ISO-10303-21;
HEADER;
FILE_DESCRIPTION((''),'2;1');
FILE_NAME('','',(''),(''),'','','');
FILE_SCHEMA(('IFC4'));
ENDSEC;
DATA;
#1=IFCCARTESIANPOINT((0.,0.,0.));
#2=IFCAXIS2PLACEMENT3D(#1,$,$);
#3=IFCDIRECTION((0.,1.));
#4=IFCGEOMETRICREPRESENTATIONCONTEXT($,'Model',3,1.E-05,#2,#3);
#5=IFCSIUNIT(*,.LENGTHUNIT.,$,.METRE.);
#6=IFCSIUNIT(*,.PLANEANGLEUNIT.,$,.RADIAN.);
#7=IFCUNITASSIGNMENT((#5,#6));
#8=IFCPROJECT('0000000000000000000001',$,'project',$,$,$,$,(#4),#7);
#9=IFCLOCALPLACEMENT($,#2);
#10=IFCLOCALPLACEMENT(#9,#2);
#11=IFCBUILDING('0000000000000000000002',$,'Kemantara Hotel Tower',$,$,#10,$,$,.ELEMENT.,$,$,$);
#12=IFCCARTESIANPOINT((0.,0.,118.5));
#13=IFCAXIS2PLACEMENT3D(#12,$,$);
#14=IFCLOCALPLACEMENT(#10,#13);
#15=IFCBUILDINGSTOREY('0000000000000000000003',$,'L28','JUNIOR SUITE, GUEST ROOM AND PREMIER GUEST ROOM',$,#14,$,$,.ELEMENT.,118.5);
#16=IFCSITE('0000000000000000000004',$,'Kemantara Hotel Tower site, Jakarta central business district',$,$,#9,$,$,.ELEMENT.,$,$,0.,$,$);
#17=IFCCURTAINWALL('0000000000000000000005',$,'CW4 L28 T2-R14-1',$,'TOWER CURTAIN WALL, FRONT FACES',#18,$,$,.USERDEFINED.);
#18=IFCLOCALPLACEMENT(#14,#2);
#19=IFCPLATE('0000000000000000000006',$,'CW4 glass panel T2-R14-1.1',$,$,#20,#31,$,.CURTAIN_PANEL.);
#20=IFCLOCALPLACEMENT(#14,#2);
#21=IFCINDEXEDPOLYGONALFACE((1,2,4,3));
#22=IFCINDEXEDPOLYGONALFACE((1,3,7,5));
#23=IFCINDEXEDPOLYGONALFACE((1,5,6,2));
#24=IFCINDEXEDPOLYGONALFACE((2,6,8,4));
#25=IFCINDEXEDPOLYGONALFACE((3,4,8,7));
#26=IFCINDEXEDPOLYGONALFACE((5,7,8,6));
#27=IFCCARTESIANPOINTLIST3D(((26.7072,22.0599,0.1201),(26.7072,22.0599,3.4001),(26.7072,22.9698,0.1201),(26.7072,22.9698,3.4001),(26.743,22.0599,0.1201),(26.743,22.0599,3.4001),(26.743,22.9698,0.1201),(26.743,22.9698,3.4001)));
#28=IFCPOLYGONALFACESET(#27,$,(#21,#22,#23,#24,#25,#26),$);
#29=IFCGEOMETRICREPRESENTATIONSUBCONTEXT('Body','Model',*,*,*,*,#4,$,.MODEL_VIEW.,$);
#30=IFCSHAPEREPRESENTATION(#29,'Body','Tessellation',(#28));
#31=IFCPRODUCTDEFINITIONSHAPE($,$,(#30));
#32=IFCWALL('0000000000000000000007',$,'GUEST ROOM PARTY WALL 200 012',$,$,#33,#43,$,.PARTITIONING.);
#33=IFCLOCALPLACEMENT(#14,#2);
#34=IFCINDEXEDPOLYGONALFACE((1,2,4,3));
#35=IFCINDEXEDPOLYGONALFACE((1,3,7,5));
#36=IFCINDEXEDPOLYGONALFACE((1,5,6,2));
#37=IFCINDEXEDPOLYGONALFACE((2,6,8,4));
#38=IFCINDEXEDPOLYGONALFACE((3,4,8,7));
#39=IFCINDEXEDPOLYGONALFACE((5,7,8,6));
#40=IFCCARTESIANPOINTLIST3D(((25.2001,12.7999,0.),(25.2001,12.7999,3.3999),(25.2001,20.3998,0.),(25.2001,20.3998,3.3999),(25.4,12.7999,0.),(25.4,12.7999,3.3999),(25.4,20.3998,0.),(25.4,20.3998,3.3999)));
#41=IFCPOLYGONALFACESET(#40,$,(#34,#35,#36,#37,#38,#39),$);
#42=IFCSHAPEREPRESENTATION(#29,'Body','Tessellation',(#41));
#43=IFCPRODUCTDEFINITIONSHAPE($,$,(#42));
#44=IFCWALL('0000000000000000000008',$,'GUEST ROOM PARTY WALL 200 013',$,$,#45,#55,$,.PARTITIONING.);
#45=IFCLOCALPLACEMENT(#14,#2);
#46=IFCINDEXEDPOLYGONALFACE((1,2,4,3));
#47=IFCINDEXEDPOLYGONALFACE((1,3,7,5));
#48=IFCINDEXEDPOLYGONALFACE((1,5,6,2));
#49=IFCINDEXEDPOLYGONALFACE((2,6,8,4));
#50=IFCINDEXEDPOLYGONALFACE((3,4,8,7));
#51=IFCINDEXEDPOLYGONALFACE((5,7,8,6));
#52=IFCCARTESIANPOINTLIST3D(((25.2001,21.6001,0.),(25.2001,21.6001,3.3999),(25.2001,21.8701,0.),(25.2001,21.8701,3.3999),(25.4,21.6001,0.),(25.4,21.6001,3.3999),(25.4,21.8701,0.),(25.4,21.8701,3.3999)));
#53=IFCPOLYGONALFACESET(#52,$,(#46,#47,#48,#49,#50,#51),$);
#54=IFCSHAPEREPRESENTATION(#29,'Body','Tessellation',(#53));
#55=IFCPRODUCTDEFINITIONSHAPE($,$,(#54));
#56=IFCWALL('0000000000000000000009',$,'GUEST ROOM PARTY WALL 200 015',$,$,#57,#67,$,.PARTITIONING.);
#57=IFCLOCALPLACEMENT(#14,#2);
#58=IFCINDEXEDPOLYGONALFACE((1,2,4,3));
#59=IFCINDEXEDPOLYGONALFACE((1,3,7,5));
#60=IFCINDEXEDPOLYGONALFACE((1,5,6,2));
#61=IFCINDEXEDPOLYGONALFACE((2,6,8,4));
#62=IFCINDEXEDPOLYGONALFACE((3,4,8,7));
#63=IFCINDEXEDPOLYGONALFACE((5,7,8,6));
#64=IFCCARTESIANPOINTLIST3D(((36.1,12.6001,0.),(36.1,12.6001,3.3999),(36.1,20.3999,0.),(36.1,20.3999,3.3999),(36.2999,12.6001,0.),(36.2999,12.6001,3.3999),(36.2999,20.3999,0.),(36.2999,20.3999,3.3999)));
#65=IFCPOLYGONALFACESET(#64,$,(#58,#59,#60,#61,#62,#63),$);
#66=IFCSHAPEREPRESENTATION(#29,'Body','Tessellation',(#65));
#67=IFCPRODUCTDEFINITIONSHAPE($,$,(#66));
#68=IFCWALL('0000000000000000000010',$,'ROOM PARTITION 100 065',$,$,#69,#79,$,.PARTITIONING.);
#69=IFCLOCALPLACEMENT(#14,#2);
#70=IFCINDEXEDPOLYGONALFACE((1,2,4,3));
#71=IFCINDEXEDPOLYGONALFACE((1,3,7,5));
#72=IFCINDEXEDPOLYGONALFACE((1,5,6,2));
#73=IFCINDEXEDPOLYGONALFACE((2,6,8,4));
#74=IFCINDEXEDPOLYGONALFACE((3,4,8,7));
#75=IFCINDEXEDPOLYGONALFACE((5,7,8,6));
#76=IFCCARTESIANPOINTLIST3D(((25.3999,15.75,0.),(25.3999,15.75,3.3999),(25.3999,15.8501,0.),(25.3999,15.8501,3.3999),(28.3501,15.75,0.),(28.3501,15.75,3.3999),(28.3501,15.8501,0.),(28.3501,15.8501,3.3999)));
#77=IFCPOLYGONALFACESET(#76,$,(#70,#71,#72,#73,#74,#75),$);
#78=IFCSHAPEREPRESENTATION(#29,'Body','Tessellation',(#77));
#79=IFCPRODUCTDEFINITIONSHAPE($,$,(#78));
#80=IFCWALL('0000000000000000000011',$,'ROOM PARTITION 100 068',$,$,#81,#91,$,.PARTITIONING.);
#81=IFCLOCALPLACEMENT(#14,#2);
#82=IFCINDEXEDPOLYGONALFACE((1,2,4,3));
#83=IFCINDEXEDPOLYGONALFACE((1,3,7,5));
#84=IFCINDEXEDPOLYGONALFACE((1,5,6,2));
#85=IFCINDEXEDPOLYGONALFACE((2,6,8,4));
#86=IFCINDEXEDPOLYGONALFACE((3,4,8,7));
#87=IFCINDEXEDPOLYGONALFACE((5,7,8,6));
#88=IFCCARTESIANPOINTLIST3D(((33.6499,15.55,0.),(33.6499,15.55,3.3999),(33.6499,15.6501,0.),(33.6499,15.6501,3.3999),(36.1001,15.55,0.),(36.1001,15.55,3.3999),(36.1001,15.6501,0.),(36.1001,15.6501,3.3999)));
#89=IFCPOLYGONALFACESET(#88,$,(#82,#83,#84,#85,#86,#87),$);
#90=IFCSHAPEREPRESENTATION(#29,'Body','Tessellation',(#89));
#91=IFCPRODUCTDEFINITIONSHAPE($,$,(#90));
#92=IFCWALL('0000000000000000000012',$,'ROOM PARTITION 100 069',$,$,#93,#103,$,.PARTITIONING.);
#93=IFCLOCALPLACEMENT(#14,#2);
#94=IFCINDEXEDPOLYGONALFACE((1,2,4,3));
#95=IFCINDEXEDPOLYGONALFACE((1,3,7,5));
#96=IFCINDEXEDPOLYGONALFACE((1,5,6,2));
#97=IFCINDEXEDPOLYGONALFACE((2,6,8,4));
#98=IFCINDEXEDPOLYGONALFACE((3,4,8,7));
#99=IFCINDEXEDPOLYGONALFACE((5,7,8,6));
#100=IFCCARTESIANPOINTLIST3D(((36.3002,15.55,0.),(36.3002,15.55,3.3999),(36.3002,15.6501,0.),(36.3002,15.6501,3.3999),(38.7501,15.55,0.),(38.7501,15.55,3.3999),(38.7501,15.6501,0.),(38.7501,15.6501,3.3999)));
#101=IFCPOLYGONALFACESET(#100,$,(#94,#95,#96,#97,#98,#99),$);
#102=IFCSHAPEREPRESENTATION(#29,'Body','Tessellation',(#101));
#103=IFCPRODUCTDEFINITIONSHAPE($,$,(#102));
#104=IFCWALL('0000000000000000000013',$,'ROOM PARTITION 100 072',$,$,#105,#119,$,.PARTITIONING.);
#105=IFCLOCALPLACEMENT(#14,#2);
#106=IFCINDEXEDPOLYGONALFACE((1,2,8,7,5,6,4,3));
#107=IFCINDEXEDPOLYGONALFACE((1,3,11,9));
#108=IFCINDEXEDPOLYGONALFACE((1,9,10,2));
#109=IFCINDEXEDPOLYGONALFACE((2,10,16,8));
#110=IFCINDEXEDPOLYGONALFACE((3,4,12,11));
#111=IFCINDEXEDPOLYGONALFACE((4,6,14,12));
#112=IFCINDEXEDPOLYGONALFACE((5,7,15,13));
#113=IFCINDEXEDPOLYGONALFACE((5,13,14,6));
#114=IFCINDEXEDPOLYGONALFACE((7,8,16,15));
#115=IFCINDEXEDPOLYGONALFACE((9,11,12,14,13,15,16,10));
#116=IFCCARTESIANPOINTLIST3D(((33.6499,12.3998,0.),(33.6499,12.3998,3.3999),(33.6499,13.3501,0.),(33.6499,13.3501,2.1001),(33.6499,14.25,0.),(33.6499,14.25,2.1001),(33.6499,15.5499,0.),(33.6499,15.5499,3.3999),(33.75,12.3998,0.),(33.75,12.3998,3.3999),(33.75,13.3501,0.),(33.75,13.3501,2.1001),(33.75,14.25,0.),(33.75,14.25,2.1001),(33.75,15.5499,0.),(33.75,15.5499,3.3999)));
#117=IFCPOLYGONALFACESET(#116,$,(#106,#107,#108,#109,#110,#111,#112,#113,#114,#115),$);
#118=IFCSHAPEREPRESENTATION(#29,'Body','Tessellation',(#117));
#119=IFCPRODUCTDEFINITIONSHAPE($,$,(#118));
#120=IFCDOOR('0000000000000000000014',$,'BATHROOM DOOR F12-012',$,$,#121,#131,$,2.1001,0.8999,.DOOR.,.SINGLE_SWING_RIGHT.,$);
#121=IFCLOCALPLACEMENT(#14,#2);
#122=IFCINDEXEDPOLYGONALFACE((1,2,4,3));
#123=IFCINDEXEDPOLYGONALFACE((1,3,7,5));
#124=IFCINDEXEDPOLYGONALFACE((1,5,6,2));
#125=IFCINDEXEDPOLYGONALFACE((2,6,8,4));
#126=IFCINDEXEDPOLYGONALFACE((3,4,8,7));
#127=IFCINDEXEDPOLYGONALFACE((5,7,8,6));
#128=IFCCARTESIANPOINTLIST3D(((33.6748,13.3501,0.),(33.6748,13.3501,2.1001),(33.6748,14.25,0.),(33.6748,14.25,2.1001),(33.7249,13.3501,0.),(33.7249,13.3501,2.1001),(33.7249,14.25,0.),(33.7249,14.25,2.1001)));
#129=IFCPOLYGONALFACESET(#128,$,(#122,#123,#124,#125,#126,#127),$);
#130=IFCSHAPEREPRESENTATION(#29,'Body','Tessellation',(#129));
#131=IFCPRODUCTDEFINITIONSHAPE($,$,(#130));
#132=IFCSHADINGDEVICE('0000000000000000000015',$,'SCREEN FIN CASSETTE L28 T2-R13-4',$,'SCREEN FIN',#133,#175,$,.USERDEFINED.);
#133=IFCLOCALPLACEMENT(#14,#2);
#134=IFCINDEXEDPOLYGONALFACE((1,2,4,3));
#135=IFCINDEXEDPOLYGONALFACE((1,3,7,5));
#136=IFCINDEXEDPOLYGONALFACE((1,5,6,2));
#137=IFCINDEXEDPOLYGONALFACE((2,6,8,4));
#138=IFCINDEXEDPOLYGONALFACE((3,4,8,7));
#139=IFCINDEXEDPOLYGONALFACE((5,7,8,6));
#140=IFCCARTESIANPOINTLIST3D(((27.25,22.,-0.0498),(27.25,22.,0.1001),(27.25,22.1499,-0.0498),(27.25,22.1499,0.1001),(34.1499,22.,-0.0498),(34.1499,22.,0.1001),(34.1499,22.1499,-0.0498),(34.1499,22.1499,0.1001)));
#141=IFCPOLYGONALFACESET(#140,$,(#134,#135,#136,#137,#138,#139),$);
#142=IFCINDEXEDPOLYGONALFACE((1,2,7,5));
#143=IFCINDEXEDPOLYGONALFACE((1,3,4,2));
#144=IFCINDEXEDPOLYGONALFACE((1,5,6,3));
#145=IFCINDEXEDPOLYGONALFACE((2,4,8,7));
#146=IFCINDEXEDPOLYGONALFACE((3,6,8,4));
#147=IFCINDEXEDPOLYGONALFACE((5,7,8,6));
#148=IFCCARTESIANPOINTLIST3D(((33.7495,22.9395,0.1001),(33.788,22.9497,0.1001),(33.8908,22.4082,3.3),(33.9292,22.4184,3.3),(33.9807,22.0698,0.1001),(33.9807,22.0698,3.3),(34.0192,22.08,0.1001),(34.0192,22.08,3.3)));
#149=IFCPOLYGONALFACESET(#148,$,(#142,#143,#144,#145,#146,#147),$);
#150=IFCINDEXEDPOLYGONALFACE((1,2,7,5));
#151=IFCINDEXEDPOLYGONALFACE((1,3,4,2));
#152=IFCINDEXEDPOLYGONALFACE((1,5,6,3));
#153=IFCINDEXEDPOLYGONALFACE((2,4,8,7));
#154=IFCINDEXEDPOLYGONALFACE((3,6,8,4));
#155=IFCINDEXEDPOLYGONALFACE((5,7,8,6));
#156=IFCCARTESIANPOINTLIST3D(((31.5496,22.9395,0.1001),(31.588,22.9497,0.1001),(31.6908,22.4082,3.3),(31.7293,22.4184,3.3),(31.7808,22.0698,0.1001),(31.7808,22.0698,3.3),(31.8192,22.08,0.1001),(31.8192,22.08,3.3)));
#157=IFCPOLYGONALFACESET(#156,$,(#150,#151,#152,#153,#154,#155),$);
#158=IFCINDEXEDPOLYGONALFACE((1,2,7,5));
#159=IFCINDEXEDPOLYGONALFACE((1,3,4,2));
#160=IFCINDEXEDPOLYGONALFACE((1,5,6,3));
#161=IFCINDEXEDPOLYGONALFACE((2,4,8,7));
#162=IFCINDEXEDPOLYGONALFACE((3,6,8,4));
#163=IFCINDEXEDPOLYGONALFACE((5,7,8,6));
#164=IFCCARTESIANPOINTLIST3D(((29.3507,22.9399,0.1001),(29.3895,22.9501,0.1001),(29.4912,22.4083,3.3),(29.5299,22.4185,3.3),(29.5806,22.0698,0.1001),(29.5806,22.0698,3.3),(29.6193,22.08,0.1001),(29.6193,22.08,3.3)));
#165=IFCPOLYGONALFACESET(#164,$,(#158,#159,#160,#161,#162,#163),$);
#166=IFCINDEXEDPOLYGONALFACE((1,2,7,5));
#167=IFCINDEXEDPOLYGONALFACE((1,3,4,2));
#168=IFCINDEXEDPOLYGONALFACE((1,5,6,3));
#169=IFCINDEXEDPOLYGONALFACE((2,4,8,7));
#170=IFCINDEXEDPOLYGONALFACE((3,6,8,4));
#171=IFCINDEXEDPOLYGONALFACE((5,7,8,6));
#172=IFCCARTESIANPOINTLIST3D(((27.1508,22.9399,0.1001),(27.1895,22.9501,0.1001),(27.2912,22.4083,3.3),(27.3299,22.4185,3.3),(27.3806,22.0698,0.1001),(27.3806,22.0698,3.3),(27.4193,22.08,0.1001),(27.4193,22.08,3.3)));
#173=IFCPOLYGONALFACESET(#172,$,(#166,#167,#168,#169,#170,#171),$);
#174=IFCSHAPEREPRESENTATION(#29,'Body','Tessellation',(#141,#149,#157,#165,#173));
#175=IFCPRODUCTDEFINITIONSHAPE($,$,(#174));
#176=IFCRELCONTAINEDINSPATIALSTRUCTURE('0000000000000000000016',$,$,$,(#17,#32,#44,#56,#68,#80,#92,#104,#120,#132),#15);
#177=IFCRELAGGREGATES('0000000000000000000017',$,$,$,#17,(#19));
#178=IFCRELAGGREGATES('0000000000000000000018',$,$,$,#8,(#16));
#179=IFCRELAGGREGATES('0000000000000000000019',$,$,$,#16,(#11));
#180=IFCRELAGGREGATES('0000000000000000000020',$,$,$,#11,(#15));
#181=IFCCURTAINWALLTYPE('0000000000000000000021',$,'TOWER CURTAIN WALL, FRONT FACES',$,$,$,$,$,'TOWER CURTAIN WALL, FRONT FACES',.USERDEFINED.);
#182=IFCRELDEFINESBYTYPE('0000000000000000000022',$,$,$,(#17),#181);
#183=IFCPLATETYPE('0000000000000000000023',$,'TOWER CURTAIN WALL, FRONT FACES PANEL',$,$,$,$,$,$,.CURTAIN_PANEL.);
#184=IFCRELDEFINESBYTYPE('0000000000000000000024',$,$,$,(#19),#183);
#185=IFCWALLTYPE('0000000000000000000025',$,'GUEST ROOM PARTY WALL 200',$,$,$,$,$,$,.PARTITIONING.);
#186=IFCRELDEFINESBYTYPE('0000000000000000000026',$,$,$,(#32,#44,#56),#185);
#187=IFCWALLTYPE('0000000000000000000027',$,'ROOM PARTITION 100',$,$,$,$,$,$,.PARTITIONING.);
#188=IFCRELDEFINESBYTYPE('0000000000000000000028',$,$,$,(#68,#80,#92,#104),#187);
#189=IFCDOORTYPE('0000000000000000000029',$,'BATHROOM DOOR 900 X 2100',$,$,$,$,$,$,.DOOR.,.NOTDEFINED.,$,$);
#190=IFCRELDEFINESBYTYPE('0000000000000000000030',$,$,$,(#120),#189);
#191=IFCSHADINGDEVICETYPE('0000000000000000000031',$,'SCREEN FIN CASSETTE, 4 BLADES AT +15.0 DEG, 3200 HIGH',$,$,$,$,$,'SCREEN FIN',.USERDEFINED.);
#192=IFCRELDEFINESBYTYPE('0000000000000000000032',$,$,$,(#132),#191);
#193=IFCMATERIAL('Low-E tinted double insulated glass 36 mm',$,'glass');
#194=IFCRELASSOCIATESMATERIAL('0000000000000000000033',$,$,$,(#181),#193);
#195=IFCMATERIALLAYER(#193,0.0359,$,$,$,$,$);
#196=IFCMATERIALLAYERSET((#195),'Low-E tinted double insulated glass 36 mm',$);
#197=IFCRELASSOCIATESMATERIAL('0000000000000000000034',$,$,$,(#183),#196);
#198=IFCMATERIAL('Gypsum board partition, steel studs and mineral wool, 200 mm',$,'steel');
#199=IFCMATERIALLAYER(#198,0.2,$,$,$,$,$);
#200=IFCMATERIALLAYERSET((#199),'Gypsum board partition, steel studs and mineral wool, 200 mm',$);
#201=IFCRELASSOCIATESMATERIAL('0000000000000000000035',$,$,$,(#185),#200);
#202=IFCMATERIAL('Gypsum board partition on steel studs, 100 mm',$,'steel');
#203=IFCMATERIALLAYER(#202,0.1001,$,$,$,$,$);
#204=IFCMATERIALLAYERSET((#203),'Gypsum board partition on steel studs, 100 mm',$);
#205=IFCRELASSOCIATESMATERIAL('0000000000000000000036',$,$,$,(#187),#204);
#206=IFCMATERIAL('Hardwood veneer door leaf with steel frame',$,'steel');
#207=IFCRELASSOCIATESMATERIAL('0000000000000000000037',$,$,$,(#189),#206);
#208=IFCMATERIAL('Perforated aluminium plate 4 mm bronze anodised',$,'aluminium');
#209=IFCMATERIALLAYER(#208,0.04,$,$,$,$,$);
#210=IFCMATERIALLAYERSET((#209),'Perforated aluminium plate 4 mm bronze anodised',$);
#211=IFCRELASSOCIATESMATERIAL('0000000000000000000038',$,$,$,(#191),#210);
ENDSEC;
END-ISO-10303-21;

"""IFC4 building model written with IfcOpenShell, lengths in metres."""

from ifc_helpers import new_model, si_unit, direction, frame, frame_2d, origin, origin_2d, place, context, subcontext, project, spatial, polyline, rectangle, outline, extrude, source, transform, mapped, material, layer, layer_set, type_object, element, fill, aggregate, save


model = new_model("IFC4")

# Units and contexts
model_context = context("Model", 3, precision=1e-05, world=origin(), true_north=direction((0.0, 1.0)))
body_context = subcontext(model_context, "Body", "Model", "MODEL_VIEW")
ifc_project = project(units=[si_unit("LENGTHUNIT", "METRE"), si_unit("PLANEANGLEUNIT", "RADIAN")], contexts=[model_context])

# Site, building, storey
site_placement = place(None, origin())
site = spatial("IfcSite", under=ifc_project, at=site_placement, Name="Kemantara Hotel Tower site, Jakarta central business district", CompositionType="ELEMENT", RefElevation=0.0)
building_placement = place(site_placement, origin())
building = spatial("IfcBuilding", under=site, at=building_placement, Name="Kemantara Hotel Tower", CompositionType="ELEMENT")
storey_placement = place(building_placement, frame((0.0, 0.0, 118.5)))
storey = spatial("IfcBuildingStorey", under=building, at=storey_placement, Name="L28", Description="JUNIOR SUITE, GUEST ROOM AND PREMIER GUEST ROOM", CompositionType="ELEMENT", Elevation=118.5)

# Curtain wall
ifc_material_1 = material(Name="Low-E tinted double insulated glass 36 mm", Category="glass")
curtain_wall_type = type_object("IfcCurtainWallType", Name="TOWER CURTAIN WALL, FRONT FACES", ElementType="TOWER CURTAIN WALL, FRONT FACES", PredefinedType="USERDEFINED", material=ifc_material_1)
curtain_wall_1_placement = place(storey_placement, origin())
curtain_wall_1 = element("IfcCurtainWall", 1, at=curtain_wall_1_placement, inside=storey, type_object=curtain_wall_type, Name="CW4 L28 T2-R14-1", ObjectType="TOWER CURTAIN WALL, FRONT FACES", PredefinedType="USERDEFINED")

# Plate
ifc_layer_1 = layer(ifc_material_1, 0.0359)
ifc_layer_set_1 = layer_set([ifc_layer_1], Name="Low-E tinted double insulated glass 36 mm")
plate_type = type_object("IfcPlateType", Name="TOWER CURTAIN WALL, FRONT FACES PANEL", PredefinedType="CURTAIN_PANEL", material=ifc_layer_set_1)
shared_shape_1 = source(origin(), body_context, "Body", "SweptSolid", [
    extrude(rectangle(XDim=0.9099, YDim=0.0359, at=origin_2d()), origin(), (0.0, 0.0, 1.0), 3.28),
])
plate_1_placement = place(storey_placement, frame((26.7251, 22.5149, 0.1201), z_axis=(0.0, 0.0, 1.0), x_axis=(0.0, 1.0, 0.0)))
plate_1 = element("IfcPlate", 2, at=plate_1_placement, type_object=plate_type, Name="CW4 glass panel T2-R14-1.1", PredefinedType="CURTAIN_PANEL", context=body_context, shape_type="MappedRepresentation", body=[
    mapped(shared_shape_1, transform((0.0, 0.0, 0.0))),
])
aggregate(curtain_wall_1, [plate_1])

# Walls
ifc_material_2 = material(Name="Gypsum board partition, steel studs and mineral wool, 200 mm", Category="steel")
ifc_layer_2 = layer(ifc_material_2, 0.2)
ifc_layer_set_2 = layer_set([ifc_layer_2], Name="Gypsum board partition, steel studs and mineral wool, 200 mm")
wall_type_1 = type_object("IfcWallType", Name="GUEST ROOM PARTY WALL 200", PredefinedType="PARTITIONING", material=ifc_layer_set_2)
wall_1_placement = place(storey_placement, frame((25.3, 12.8, 0.0), z_axis=(0.0, 0.0, 1.0), x_axis=(0.0, 1.0, 0.0)))
element("IfcWall", 3, at=wall_1_placement, inside=storey, type_object=wall_type_1, Name="GUEST ROOM PARTY WALL 200 012", PredefinedType="PARTITIONING", context=body_context, shape_type="SweptSolid", body=[
    extrude(rectangle(XDim=7.5999, YDim=0.2, at=frame_2d((3.7998, 0.0))), origin(), (0.0, 0.0, 1.0), 3.3999),
])
wall_2_placement = place(storey_placement, frame((25.3, 21.6001, 0.0), z_axis=(0.0, 0.0, 1.0), x_axis=(0.0, 1.0, 0.0)))
element("IfcWall", 4, at=wall_2_placement, inside=storey, type_object=wall_type_1, Name="GUEST ROOM PARTY WALL 200 013", PredefinedType="PARTITIONING", context=body_context, shape_type="SweptSolid", body=[
    extrude(rectangle(XDim=0.27, YDim=0.2, at=frame_2d((0.135, 0.0))), origin(), (0.0, 0.0, 1.0), 3.3999),
])
wall_3_placement = place(storey_placement, frame((36.2, 12.6001, 0.0), z_axis=(0.0, 0.0, 1.0), x_axis=(0.0, 1.0, 0.0)))
element("IfcWall", 5, at=wall_3_placement, inside=storey, type_object=wall_type_1, Name="GUEST ROOM PARTY WALL 200 015", PredefinedType="PARTITIONING", context=body_context, shape_type="SweptSolid", body=[
    extrude(rectangle(XDim=7.7998, YDim=0.2, at=frame_2d((3.8999, 0.0))), origin(), (0.0, 0.0, 1.0), 3.3999),
])
ifc_material_3 = material(Name="Gypsum board partition on steel studs, 100 mm", Category="steel")
ifc_layer_3 = layer(ifc_material_3, 0.1001)
ifc_layer_set_3 = layer_set([ifc_layer_3], Name="Gypsum board partition on steel studs, 100 mm")
wall_type_2 = type_object("IfcWallType", Name="ROOM PARTITION 100", PredefinedType="PARTITIONING", material=ifc_layer_set_3)
wall_4_placement = place(storey_placement, frame((25.3999, 15.8, 0.0), z_axis=(0.0, 0.0, 1.0), x_axis=(1.0, 0.0, 0.0)))
element("IfcWall", 6, at=wall_4_placement, inside=storey, type_object=wall_type_2, Name="ROOM PARTITION 100 065", PredefinedType="PARTITIONING", context=body_context, shape_type="SweptSolid", body=[
    extrude(rectangle(XDim=2.9502, YDim=0.1001, at=frame_2d((1.4751, 0.0))), origin(), (0.0, 0.0, 1.0), 3.3999),
])
wall_5_placement = place(storey_placement, frame((33.6499, 15.6001, 0.0), z_axis=(0.0, 0.0, 1.0), x_axis=(1.0, 0.0, 0.0)))
element("IfcWall", 7, at=wall_5_placement, inside=storey, type_object=wall_type_2, Name="ROOM PARTITION 100 068", PredefinedType="PARTITIONING", context=body_context, shape_type="SweptSolid", body=[
    extrude(rectangle(XDim=2.4502, YDim=0.1001, at=frame_2d((1.2251, 0.0))), origin(), (0.0, 0.0, 1.0), 3.3999),
])
wall_6_placement = place(storey_placement, frame((36.3, 15.6001, 0.0), z_axis=(0.0, 0.0, 1.0), x_axis=(1.0, 0.0, 0.0)))
element("IfcWall", 8, at=wall_6_placement, inside=storey, type_object=wall_type_2, Name="ROOM PARTITION 100 069", PredefinedType="PARTITIONING", context=body_context, shape_type="SweptSolid", body=[
    extrude(rectangle(XDim=2.45, YDim=0.1001, at=frame_2d((1.2251, 0.0))), origin(), (0.0, 0.0, 1.0), 3.3999),
])

# Wall, opening, door
wall_7_placement = place(storey_placement, frame((33.7, 15.55, 0.0), z_axis=(0.0, 0.0, 1.0), x_axis=(0.0, -1.0, 0.0)))
wall_7 = element("IfcWall", 9, at=wall_7_placement, inside=storey, type_object=wall_type_2, Name="ROOM PARTITION 100 072", PredefinedType="PARTITIONING", context=body_context, shape_type="SweptSolid", body=[
    extrude(rectangle(XDim=3.1501, YDim=0.1001, at=frame_2d((1.5752, 0.0))), origin(), (0.0, 0.0, 1.0), 3.3999),
])
opening_placement = place(wall_7_placement, frame((1.3, 0.0, 0.0)))
opening = element("IfcOpeningElement", 10, at=opening_placement, cuts=wall_7, PredefinedType="OPENING", context=body_context, shape_type="SweptSolid", body=[
    extrude(rectangle(XDim=0.8999, YDim=2.1001, at=frame_2d((0.45, 1.05))), frame((0.0, 0.0601, 0.0), z_axis=(0.0, -1.0, 0.0), x_axis=(1.0, 0.0, 0.0)), (0.0, 0.0, 1.0), 0.1201),
])
ifc_material_4 = material(Name="Hardwood veneer door leaf with steel frame", Category="steel")
door_type = type_object("IfcDoorType", Name="BATHROOM DOOR 900 X 2100", OperationType="NOTDEFINED", PredefinedType="DOOR", material=ifc_material_4)
door_placement = place(opening_placement, origin())
door = element("IfcDoor", 11, at=door_placement, inside=storey, type_object=door_type, Name="BATHROOM DOOR F12-012", OperationType="SINGLE_SWING_RIGHT", OverallHeight=2.1001, OverallWidth=0.8999, PredefinedType="DOOR", context=body_context, shape_type="SweptSolid", body=[
    extrude(rectangle(XDim=0.8999, YDim=2.1001, at=frame_2d((0.45, 1.05))), frame((0.0, 0.0249, 0.0), z_axis=(0.0, -1.0, 0.0), x_axis=(1.0, 0.0, 0.0)), (0.0, 0.0, 1.0), 0.05),
])
fill(opening, door)

# Shading device
ifc_material_5 = material(Name="Perforated aluminium plate 4 mm bronze anodised", Category="aluminium")
ifc_layer_4 = layer(ifc_material_5, 0.04)
ifc_layer_set_4 = layer_set([ifc_layer_4], Name="Perforated aluminium plate 4 mm bronze anodised")
shading_device_type_1 = type_object("IfcShadingDeviceType", Name="SCREEN FIN CASSETTE, 4 BLADES AT +15.0 DEG, 3200 HIGH", ElementType="SCREEN FIN", PredefinedType="USERDEFINED", material=ifc_layer_set_4)
shared_shape_2 = source(origin(), body_context, "Body", "SweptSolid", [
    extrude(rectangle(XDim=6.8999, YDim=0.1499, at=origin_2d()), frame((3.3, -0.075, -0.1499), z_axis=(0.0, 0.0, 1.0), x_axis=(1.0, 0.0, 0.0)), (0.0, 0.0, 1.0), 0.1499),
    extrude(outline(polyline([(0.0, 0.0), (0.8999, 0.0), (0.3501, 3.2), (0.0, 3.2), (0.0, 0.0)])), frame((0.0193, -0.0698, 0.0), z_axis=(-0.966438, -0.256901, 0.0), x_axis=(0.256901, -0.966438, 0.0)), (0.0, 0.0, 1.0), 0.0398),
    extrude(outline(polyline([(0.0, 0.0), (0.8999, 0.0), (0.3501, 3.2), (0.0, 3.2), (0.0, 0.0)])), frame((2.2192, -0.0698, 0.0), z_axis=(-0.966438, -0.256901, 0.0), x_axis=(0.256901, -0.966438, 0.0)), (0.0, 0.0, 1.0), 0.0398),
    extrude(outline(polyline([(0.0, 0.0), (0.8999, 0.0), (0.3501, 3.2), (0.0, 3.2), (0.0, 0.0)])), frame((4.4194, -0.0698, 0.0), z_axis=(-0.966838, -0.255391, 0.0), x_axis=(0.255391, -0.966838, 0.0)), (0.0, 0.0, 1.0), 0.04),
    extrude(outline(polyline([(0.0, 0.0), (0.8999, 0.0), (0.3501, 3.2), (0.0, 3.2), (0.0, 0.0)])), frame((6.6194, -0.0698, 0.0), z_axis=(-0.966838, -0.255391, 0.0), x_axis=(0.255391, -0.966838, 0.0)), (0.0, 0.0, 1.0), 0.04),
])
shading_device_1_placement = place(storey_placement, frame((34.0, 22.0, 0.1001), z_axis=(0.0, 0.0, 1.0), x_axis=(-1.0, 0.0, 0.0)))
element("IfcShadingDevice", 12, at=shading_device_1_placement, inside=storey, type_object=shading_device_type_1, Name="SCREEN FIN CASSETTE L28 T2-R13-4", ObjectType="SCREEN FIN", PredefinedType="USERDEFINED", context=body_context, shape_type="MappedRepresentation", body=[
    mapped(shared_shape_2, transform((0.0, 0.0, 0.0))),
])

save(model, "model.ifc")
